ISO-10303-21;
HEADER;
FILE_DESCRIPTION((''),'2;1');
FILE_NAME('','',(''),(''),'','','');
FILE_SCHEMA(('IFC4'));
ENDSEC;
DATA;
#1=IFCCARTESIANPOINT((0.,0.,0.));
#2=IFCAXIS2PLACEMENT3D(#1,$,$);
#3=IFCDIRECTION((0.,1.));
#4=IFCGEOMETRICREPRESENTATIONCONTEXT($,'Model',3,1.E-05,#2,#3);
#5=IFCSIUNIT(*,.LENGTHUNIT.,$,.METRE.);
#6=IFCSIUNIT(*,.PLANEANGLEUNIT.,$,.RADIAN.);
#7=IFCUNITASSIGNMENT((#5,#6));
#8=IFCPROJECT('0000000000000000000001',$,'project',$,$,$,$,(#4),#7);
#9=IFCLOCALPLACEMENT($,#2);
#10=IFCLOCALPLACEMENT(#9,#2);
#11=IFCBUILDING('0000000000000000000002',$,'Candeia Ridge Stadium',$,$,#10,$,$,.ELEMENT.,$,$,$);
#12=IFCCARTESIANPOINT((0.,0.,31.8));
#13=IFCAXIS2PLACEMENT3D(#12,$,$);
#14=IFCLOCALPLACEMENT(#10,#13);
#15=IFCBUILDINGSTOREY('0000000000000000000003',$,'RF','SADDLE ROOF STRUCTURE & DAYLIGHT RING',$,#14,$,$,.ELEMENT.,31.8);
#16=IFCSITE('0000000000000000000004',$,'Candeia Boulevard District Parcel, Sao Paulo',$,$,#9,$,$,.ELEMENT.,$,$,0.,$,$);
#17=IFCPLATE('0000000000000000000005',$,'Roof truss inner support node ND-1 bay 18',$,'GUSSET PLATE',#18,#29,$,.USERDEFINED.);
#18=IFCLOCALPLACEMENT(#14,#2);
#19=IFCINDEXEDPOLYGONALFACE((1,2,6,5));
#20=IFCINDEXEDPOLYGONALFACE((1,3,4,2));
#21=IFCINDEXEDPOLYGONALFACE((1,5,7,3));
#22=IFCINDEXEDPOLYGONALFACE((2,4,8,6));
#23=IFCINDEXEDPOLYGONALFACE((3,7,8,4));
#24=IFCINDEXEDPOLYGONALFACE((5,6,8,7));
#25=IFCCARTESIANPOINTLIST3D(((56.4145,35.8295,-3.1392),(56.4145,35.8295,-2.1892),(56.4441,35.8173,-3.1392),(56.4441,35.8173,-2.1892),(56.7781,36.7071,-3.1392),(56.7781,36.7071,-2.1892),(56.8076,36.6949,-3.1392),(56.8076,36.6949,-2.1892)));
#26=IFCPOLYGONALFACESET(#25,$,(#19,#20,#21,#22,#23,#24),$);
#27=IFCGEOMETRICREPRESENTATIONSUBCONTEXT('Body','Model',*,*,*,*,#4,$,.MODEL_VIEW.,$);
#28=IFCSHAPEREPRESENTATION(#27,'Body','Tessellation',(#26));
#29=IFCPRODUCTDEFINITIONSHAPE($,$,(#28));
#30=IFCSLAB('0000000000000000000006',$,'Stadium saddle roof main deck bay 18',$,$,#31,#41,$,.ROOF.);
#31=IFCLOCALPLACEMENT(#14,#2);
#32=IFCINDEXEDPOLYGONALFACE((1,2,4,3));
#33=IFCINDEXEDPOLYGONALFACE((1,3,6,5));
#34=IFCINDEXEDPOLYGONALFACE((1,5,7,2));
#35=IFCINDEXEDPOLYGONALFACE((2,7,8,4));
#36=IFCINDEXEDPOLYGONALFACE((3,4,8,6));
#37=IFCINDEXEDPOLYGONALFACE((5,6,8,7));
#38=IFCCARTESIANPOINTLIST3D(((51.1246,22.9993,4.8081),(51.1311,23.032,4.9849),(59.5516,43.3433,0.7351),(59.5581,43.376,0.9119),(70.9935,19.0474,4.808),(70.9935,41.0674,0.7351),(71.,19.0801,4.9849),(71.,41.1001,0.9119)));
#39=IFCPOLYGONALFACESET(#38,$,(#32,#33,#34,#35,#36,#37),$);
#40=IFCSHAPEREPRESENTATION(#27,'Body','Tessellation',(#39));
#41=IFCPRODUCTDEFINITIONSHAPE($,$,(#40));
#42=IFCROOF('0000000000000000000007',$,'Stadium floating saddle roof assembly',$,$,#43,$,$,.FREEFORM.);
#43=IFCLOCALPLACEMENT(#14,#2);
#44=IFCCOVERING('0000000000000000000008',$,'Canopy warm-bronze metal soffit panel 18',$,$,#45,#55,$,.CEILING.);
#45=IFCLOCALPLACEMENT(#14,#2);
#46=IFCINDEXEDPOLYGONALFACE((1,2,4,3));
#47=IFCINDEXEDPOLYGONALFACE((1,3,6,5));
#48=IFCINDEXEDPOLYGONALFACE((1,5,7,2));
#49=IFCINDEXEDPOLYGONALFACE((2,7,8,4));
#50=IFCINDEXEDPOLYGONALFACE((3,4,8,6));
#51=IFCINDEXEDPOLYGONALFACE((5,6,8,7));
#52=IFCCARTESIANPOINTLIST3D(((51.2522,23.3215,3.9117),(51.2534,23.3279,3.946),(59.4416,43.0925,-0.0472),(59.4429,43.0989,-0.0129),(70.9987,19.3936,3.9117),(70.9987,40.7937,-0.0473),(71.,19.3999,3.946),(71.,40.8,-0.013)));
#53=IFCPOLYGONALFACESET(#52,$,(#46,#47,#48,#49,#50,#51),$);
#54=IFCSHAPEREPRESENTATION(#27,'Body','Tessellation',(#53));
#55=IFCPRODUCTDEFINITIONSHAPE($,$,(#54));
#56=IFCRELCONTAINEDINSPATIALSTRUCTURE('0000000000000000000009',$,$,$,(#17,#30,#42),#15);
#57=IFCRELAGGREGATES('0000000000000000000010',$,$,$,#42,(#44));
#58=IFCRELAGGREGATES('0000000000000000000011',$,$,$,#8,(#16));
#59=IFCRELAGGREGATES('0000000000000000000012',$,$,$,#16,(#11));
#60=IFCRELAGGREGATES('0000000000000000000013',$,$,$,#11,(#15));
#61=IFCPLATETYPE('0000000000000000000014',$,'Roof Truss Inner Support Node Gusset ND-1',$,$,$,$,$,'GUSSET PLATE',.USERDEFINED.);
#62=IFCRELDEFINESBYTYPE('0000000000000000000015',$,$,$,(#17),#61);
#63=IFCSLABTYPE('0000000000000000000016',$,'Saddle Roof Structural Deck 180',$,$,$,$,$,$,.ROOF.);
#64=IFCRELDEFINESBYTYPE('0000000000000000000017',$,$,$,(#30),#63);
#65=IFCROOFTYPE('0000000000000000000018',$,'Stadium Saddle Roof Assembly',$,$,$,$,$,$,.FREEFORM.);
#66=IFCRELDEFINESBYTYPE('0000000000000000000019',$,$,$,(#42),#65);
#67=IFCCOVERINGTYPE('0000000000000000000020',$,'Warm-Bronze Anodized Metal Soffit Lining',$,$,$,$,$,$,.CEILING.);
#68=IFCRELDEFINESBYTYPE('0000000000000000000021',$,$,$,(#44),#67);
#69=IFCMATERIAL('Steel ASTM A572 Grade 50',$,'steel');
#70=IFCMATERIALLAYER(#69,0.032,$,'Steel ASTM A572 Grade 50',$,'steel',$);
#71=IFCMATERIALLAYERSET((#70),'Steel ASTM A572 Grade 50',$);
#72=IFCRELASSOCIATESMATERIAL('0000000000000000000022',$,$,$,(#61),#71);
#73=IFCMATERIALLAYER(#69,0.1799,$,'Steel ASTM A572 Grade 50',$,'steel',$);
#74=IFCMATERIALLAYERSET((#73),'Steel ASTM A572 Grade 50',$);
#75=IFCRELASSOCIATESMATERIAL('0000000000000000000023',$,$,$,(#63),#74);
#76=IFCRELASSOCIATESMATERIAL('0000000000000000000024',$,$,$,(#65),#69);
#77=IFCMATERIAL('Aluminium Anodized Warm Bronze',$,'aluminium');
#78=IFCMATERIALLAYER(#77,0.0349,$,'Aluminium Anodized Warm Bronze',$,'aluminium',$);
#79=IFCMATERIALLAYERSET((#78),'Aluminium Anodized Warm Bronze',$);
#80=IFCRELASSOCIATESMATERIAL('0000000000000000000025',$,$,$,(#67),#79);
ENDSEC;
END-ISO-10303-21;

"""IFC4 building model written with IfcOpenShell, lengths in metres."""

from ifc_helpers import new_model, si_unit, direction, frame, origin, origin_2d, place, context, subcontext, project, spatial, polyline, rectangle, outline, extrude, material, layer, layer_set, type_object, element, aggregate, save


model = new_model("IFC4")

# Units and contexts
model_context = context("Model", 3, precision=1e-05, world=origin(), true_north=direction((0.0, 1.0)))
body_context = subcontext(model_context, "Body", "Model", "MODEL_VIEW")
ifc_project = project(units=[si_unit("LENGTHUNIT", "METRE"), si_unit("PLANEANGLEUNIT", "RADIAN")], contexts=[model_context])

# Site, building, storey
site_placement = place(None, origin())
site = spatial("IfcSite", under=ifc_project, at=site_placement, Name="Candeia Boulevard District Parcel, Sao Paulo", CompositionType="ELEMENT", RefElevation=0.0)
building_placement = place(site_placement, origin())
building = spatial("IfcBuilding", under=site, at=building_placement, Name="Candeia Ridge Stadium", CompositionType="ELEMENT")
storey_placement = place(building_placement, frame((0.0, 0.0, 31.8)))
storey = spatial("IfcBuildingStorey", under=building, at=storey_placement, Name="RF", Description="SADDLE ROOF STRUCTURE & DAYLIGHT RING", CompositionType="ELEMENT", Elevation=31.8)

# Shared definitions
ifc_material_1 = material(Name="Steel ASTM A572 Grade 50", Category="steel")

# Plate
ifc_layer_1 = layer(ifc_material_1, 0.032, Name="Steel ASTM A572 Grade 50", Category="steel")
ifc_layer_set_1 = layer_set([ifc_layer_1], Name="Steel ASTM A572 Grade 50")
plate_type_1 = type_object("IfcPlateType", Name="Roof Truss Inner Support Node Gusset ND-1", ElementType="GUSSET PLATE", PredefinedType="USERDEFINED", material=ifc_layer_set_1)
plate_1_placement = place(storey_placement, frame((56.6111, 36.2622, -3.1392), z_axis=(0.0, 0.0, 1.0), x_axis=(-0.382683, -0.92388, 0.0)))
element("IfcPlate", 1, at=plate_1_placement, inside=storey, type_object=plate_type_1, Name="Roof truss inner support node ND-1 bay 18", ObjectType="GUSSET PLATE", PredefinedType="USERDEFINED", context=body_context, shape_type="SweptSolid", body=[
    extrude(rectangle(XDim=0.95, YDim=0.032, at=origin_2d()), origin(), (0.0, 0.0, 1.0), 0.95),
])

# Slab
ifc_layer_2 = layer(ifc_material_1, 0.1799, Name="Steel ASTM A572 Grade 50", Category="steel")
ifc_layer_set_2 = layer_set([ifc_layer_2], Name="Steel ASTM A572 Grade 50")
slab_type = type_object("IfcSlabType", Name="Saddle Roof Structural Deck 180", PredefinedType="ROOF", material=ifc_layer_set_2)
slab_placement = place(storey_placement, frame((59.5581, 43.376, 0.9119), z_axis=(0.036153, 0.181763, 0.982677), x_axis=(0.980786, -0.195086, 0.000001)))
element("IfcSlab", 2, at=slab_placement, inside=storey, type_object=slab_type, Name="Stadium saddle roof main deck bay 18", PredefinedType="ROOF", context=body_context, shape_type="SweptSolid", body=[
    extrude(outline(polyline([(0.0, 0.0), (11.666, 0.0), (15.9618, -21.9776), (-4.2963, -21.9778), (0.0, 0.0)])), origin(), (0.0, 0.0, -1.0), 0.1799),
])

# Roof, covering
roof_type = type_object("IfcRoofType", Name="Stadium Saddle Roof Assembly", PredefinedType="FREEFORM", material=ifc_material_1)
roof_placement = place(storey_placement, origin())
roof = element("IfcRoof", 3, at=roof_placement, inside=storey, type_object=roof_type, Name="Stadium floating saddle roof assembly", PredefinedType="FREEFORM")
ifc_material_2 = material(Name="Aluminium Anodized Warm Bronze", Category="aluminium")
ifc_layer_3 = layer(ifc_material_2, 0.0349, Name="Aluminium Anodized Warm Bronze", Category="aluminium")
ifc_layer_set_3 = layer_set([ifc_layer_3], Name="Aluminium Anodized Warm Bronze")
covering_type = type_object("IfcCoveringType", Name="Warm-Bronze Anodized Metal Soffit Lining", PredefinedType="CEILING", material=ifc_layer_set_3)
covering_placement = place(storey_placement, frame((59.4429, 43.0989, -0.0129), z_axis=(0.036162, 0.181793, 0.982672), x_axis=(0.980786, -0.195088, -0.000001)))
covering = element("IfcCovering", 4, at=covering_placement, type_object=covering_type, Name="Canopy warm-bronze metal soffit panel 18", PredefinedType="CEILING", context=body_context, shape_type="SweptSolid", body=[
    extrude(outline(polyline([(0.0, 0.0), (11.7835, 0.0), (15.9585, -21.3591), (-4.175, -21.3589), (0.0, 0.0)])), origin(), (0.0, 0.0, -1.0), 0.0349),
])
aggregate(roof, [covering])

save(model, "model.ifc")
